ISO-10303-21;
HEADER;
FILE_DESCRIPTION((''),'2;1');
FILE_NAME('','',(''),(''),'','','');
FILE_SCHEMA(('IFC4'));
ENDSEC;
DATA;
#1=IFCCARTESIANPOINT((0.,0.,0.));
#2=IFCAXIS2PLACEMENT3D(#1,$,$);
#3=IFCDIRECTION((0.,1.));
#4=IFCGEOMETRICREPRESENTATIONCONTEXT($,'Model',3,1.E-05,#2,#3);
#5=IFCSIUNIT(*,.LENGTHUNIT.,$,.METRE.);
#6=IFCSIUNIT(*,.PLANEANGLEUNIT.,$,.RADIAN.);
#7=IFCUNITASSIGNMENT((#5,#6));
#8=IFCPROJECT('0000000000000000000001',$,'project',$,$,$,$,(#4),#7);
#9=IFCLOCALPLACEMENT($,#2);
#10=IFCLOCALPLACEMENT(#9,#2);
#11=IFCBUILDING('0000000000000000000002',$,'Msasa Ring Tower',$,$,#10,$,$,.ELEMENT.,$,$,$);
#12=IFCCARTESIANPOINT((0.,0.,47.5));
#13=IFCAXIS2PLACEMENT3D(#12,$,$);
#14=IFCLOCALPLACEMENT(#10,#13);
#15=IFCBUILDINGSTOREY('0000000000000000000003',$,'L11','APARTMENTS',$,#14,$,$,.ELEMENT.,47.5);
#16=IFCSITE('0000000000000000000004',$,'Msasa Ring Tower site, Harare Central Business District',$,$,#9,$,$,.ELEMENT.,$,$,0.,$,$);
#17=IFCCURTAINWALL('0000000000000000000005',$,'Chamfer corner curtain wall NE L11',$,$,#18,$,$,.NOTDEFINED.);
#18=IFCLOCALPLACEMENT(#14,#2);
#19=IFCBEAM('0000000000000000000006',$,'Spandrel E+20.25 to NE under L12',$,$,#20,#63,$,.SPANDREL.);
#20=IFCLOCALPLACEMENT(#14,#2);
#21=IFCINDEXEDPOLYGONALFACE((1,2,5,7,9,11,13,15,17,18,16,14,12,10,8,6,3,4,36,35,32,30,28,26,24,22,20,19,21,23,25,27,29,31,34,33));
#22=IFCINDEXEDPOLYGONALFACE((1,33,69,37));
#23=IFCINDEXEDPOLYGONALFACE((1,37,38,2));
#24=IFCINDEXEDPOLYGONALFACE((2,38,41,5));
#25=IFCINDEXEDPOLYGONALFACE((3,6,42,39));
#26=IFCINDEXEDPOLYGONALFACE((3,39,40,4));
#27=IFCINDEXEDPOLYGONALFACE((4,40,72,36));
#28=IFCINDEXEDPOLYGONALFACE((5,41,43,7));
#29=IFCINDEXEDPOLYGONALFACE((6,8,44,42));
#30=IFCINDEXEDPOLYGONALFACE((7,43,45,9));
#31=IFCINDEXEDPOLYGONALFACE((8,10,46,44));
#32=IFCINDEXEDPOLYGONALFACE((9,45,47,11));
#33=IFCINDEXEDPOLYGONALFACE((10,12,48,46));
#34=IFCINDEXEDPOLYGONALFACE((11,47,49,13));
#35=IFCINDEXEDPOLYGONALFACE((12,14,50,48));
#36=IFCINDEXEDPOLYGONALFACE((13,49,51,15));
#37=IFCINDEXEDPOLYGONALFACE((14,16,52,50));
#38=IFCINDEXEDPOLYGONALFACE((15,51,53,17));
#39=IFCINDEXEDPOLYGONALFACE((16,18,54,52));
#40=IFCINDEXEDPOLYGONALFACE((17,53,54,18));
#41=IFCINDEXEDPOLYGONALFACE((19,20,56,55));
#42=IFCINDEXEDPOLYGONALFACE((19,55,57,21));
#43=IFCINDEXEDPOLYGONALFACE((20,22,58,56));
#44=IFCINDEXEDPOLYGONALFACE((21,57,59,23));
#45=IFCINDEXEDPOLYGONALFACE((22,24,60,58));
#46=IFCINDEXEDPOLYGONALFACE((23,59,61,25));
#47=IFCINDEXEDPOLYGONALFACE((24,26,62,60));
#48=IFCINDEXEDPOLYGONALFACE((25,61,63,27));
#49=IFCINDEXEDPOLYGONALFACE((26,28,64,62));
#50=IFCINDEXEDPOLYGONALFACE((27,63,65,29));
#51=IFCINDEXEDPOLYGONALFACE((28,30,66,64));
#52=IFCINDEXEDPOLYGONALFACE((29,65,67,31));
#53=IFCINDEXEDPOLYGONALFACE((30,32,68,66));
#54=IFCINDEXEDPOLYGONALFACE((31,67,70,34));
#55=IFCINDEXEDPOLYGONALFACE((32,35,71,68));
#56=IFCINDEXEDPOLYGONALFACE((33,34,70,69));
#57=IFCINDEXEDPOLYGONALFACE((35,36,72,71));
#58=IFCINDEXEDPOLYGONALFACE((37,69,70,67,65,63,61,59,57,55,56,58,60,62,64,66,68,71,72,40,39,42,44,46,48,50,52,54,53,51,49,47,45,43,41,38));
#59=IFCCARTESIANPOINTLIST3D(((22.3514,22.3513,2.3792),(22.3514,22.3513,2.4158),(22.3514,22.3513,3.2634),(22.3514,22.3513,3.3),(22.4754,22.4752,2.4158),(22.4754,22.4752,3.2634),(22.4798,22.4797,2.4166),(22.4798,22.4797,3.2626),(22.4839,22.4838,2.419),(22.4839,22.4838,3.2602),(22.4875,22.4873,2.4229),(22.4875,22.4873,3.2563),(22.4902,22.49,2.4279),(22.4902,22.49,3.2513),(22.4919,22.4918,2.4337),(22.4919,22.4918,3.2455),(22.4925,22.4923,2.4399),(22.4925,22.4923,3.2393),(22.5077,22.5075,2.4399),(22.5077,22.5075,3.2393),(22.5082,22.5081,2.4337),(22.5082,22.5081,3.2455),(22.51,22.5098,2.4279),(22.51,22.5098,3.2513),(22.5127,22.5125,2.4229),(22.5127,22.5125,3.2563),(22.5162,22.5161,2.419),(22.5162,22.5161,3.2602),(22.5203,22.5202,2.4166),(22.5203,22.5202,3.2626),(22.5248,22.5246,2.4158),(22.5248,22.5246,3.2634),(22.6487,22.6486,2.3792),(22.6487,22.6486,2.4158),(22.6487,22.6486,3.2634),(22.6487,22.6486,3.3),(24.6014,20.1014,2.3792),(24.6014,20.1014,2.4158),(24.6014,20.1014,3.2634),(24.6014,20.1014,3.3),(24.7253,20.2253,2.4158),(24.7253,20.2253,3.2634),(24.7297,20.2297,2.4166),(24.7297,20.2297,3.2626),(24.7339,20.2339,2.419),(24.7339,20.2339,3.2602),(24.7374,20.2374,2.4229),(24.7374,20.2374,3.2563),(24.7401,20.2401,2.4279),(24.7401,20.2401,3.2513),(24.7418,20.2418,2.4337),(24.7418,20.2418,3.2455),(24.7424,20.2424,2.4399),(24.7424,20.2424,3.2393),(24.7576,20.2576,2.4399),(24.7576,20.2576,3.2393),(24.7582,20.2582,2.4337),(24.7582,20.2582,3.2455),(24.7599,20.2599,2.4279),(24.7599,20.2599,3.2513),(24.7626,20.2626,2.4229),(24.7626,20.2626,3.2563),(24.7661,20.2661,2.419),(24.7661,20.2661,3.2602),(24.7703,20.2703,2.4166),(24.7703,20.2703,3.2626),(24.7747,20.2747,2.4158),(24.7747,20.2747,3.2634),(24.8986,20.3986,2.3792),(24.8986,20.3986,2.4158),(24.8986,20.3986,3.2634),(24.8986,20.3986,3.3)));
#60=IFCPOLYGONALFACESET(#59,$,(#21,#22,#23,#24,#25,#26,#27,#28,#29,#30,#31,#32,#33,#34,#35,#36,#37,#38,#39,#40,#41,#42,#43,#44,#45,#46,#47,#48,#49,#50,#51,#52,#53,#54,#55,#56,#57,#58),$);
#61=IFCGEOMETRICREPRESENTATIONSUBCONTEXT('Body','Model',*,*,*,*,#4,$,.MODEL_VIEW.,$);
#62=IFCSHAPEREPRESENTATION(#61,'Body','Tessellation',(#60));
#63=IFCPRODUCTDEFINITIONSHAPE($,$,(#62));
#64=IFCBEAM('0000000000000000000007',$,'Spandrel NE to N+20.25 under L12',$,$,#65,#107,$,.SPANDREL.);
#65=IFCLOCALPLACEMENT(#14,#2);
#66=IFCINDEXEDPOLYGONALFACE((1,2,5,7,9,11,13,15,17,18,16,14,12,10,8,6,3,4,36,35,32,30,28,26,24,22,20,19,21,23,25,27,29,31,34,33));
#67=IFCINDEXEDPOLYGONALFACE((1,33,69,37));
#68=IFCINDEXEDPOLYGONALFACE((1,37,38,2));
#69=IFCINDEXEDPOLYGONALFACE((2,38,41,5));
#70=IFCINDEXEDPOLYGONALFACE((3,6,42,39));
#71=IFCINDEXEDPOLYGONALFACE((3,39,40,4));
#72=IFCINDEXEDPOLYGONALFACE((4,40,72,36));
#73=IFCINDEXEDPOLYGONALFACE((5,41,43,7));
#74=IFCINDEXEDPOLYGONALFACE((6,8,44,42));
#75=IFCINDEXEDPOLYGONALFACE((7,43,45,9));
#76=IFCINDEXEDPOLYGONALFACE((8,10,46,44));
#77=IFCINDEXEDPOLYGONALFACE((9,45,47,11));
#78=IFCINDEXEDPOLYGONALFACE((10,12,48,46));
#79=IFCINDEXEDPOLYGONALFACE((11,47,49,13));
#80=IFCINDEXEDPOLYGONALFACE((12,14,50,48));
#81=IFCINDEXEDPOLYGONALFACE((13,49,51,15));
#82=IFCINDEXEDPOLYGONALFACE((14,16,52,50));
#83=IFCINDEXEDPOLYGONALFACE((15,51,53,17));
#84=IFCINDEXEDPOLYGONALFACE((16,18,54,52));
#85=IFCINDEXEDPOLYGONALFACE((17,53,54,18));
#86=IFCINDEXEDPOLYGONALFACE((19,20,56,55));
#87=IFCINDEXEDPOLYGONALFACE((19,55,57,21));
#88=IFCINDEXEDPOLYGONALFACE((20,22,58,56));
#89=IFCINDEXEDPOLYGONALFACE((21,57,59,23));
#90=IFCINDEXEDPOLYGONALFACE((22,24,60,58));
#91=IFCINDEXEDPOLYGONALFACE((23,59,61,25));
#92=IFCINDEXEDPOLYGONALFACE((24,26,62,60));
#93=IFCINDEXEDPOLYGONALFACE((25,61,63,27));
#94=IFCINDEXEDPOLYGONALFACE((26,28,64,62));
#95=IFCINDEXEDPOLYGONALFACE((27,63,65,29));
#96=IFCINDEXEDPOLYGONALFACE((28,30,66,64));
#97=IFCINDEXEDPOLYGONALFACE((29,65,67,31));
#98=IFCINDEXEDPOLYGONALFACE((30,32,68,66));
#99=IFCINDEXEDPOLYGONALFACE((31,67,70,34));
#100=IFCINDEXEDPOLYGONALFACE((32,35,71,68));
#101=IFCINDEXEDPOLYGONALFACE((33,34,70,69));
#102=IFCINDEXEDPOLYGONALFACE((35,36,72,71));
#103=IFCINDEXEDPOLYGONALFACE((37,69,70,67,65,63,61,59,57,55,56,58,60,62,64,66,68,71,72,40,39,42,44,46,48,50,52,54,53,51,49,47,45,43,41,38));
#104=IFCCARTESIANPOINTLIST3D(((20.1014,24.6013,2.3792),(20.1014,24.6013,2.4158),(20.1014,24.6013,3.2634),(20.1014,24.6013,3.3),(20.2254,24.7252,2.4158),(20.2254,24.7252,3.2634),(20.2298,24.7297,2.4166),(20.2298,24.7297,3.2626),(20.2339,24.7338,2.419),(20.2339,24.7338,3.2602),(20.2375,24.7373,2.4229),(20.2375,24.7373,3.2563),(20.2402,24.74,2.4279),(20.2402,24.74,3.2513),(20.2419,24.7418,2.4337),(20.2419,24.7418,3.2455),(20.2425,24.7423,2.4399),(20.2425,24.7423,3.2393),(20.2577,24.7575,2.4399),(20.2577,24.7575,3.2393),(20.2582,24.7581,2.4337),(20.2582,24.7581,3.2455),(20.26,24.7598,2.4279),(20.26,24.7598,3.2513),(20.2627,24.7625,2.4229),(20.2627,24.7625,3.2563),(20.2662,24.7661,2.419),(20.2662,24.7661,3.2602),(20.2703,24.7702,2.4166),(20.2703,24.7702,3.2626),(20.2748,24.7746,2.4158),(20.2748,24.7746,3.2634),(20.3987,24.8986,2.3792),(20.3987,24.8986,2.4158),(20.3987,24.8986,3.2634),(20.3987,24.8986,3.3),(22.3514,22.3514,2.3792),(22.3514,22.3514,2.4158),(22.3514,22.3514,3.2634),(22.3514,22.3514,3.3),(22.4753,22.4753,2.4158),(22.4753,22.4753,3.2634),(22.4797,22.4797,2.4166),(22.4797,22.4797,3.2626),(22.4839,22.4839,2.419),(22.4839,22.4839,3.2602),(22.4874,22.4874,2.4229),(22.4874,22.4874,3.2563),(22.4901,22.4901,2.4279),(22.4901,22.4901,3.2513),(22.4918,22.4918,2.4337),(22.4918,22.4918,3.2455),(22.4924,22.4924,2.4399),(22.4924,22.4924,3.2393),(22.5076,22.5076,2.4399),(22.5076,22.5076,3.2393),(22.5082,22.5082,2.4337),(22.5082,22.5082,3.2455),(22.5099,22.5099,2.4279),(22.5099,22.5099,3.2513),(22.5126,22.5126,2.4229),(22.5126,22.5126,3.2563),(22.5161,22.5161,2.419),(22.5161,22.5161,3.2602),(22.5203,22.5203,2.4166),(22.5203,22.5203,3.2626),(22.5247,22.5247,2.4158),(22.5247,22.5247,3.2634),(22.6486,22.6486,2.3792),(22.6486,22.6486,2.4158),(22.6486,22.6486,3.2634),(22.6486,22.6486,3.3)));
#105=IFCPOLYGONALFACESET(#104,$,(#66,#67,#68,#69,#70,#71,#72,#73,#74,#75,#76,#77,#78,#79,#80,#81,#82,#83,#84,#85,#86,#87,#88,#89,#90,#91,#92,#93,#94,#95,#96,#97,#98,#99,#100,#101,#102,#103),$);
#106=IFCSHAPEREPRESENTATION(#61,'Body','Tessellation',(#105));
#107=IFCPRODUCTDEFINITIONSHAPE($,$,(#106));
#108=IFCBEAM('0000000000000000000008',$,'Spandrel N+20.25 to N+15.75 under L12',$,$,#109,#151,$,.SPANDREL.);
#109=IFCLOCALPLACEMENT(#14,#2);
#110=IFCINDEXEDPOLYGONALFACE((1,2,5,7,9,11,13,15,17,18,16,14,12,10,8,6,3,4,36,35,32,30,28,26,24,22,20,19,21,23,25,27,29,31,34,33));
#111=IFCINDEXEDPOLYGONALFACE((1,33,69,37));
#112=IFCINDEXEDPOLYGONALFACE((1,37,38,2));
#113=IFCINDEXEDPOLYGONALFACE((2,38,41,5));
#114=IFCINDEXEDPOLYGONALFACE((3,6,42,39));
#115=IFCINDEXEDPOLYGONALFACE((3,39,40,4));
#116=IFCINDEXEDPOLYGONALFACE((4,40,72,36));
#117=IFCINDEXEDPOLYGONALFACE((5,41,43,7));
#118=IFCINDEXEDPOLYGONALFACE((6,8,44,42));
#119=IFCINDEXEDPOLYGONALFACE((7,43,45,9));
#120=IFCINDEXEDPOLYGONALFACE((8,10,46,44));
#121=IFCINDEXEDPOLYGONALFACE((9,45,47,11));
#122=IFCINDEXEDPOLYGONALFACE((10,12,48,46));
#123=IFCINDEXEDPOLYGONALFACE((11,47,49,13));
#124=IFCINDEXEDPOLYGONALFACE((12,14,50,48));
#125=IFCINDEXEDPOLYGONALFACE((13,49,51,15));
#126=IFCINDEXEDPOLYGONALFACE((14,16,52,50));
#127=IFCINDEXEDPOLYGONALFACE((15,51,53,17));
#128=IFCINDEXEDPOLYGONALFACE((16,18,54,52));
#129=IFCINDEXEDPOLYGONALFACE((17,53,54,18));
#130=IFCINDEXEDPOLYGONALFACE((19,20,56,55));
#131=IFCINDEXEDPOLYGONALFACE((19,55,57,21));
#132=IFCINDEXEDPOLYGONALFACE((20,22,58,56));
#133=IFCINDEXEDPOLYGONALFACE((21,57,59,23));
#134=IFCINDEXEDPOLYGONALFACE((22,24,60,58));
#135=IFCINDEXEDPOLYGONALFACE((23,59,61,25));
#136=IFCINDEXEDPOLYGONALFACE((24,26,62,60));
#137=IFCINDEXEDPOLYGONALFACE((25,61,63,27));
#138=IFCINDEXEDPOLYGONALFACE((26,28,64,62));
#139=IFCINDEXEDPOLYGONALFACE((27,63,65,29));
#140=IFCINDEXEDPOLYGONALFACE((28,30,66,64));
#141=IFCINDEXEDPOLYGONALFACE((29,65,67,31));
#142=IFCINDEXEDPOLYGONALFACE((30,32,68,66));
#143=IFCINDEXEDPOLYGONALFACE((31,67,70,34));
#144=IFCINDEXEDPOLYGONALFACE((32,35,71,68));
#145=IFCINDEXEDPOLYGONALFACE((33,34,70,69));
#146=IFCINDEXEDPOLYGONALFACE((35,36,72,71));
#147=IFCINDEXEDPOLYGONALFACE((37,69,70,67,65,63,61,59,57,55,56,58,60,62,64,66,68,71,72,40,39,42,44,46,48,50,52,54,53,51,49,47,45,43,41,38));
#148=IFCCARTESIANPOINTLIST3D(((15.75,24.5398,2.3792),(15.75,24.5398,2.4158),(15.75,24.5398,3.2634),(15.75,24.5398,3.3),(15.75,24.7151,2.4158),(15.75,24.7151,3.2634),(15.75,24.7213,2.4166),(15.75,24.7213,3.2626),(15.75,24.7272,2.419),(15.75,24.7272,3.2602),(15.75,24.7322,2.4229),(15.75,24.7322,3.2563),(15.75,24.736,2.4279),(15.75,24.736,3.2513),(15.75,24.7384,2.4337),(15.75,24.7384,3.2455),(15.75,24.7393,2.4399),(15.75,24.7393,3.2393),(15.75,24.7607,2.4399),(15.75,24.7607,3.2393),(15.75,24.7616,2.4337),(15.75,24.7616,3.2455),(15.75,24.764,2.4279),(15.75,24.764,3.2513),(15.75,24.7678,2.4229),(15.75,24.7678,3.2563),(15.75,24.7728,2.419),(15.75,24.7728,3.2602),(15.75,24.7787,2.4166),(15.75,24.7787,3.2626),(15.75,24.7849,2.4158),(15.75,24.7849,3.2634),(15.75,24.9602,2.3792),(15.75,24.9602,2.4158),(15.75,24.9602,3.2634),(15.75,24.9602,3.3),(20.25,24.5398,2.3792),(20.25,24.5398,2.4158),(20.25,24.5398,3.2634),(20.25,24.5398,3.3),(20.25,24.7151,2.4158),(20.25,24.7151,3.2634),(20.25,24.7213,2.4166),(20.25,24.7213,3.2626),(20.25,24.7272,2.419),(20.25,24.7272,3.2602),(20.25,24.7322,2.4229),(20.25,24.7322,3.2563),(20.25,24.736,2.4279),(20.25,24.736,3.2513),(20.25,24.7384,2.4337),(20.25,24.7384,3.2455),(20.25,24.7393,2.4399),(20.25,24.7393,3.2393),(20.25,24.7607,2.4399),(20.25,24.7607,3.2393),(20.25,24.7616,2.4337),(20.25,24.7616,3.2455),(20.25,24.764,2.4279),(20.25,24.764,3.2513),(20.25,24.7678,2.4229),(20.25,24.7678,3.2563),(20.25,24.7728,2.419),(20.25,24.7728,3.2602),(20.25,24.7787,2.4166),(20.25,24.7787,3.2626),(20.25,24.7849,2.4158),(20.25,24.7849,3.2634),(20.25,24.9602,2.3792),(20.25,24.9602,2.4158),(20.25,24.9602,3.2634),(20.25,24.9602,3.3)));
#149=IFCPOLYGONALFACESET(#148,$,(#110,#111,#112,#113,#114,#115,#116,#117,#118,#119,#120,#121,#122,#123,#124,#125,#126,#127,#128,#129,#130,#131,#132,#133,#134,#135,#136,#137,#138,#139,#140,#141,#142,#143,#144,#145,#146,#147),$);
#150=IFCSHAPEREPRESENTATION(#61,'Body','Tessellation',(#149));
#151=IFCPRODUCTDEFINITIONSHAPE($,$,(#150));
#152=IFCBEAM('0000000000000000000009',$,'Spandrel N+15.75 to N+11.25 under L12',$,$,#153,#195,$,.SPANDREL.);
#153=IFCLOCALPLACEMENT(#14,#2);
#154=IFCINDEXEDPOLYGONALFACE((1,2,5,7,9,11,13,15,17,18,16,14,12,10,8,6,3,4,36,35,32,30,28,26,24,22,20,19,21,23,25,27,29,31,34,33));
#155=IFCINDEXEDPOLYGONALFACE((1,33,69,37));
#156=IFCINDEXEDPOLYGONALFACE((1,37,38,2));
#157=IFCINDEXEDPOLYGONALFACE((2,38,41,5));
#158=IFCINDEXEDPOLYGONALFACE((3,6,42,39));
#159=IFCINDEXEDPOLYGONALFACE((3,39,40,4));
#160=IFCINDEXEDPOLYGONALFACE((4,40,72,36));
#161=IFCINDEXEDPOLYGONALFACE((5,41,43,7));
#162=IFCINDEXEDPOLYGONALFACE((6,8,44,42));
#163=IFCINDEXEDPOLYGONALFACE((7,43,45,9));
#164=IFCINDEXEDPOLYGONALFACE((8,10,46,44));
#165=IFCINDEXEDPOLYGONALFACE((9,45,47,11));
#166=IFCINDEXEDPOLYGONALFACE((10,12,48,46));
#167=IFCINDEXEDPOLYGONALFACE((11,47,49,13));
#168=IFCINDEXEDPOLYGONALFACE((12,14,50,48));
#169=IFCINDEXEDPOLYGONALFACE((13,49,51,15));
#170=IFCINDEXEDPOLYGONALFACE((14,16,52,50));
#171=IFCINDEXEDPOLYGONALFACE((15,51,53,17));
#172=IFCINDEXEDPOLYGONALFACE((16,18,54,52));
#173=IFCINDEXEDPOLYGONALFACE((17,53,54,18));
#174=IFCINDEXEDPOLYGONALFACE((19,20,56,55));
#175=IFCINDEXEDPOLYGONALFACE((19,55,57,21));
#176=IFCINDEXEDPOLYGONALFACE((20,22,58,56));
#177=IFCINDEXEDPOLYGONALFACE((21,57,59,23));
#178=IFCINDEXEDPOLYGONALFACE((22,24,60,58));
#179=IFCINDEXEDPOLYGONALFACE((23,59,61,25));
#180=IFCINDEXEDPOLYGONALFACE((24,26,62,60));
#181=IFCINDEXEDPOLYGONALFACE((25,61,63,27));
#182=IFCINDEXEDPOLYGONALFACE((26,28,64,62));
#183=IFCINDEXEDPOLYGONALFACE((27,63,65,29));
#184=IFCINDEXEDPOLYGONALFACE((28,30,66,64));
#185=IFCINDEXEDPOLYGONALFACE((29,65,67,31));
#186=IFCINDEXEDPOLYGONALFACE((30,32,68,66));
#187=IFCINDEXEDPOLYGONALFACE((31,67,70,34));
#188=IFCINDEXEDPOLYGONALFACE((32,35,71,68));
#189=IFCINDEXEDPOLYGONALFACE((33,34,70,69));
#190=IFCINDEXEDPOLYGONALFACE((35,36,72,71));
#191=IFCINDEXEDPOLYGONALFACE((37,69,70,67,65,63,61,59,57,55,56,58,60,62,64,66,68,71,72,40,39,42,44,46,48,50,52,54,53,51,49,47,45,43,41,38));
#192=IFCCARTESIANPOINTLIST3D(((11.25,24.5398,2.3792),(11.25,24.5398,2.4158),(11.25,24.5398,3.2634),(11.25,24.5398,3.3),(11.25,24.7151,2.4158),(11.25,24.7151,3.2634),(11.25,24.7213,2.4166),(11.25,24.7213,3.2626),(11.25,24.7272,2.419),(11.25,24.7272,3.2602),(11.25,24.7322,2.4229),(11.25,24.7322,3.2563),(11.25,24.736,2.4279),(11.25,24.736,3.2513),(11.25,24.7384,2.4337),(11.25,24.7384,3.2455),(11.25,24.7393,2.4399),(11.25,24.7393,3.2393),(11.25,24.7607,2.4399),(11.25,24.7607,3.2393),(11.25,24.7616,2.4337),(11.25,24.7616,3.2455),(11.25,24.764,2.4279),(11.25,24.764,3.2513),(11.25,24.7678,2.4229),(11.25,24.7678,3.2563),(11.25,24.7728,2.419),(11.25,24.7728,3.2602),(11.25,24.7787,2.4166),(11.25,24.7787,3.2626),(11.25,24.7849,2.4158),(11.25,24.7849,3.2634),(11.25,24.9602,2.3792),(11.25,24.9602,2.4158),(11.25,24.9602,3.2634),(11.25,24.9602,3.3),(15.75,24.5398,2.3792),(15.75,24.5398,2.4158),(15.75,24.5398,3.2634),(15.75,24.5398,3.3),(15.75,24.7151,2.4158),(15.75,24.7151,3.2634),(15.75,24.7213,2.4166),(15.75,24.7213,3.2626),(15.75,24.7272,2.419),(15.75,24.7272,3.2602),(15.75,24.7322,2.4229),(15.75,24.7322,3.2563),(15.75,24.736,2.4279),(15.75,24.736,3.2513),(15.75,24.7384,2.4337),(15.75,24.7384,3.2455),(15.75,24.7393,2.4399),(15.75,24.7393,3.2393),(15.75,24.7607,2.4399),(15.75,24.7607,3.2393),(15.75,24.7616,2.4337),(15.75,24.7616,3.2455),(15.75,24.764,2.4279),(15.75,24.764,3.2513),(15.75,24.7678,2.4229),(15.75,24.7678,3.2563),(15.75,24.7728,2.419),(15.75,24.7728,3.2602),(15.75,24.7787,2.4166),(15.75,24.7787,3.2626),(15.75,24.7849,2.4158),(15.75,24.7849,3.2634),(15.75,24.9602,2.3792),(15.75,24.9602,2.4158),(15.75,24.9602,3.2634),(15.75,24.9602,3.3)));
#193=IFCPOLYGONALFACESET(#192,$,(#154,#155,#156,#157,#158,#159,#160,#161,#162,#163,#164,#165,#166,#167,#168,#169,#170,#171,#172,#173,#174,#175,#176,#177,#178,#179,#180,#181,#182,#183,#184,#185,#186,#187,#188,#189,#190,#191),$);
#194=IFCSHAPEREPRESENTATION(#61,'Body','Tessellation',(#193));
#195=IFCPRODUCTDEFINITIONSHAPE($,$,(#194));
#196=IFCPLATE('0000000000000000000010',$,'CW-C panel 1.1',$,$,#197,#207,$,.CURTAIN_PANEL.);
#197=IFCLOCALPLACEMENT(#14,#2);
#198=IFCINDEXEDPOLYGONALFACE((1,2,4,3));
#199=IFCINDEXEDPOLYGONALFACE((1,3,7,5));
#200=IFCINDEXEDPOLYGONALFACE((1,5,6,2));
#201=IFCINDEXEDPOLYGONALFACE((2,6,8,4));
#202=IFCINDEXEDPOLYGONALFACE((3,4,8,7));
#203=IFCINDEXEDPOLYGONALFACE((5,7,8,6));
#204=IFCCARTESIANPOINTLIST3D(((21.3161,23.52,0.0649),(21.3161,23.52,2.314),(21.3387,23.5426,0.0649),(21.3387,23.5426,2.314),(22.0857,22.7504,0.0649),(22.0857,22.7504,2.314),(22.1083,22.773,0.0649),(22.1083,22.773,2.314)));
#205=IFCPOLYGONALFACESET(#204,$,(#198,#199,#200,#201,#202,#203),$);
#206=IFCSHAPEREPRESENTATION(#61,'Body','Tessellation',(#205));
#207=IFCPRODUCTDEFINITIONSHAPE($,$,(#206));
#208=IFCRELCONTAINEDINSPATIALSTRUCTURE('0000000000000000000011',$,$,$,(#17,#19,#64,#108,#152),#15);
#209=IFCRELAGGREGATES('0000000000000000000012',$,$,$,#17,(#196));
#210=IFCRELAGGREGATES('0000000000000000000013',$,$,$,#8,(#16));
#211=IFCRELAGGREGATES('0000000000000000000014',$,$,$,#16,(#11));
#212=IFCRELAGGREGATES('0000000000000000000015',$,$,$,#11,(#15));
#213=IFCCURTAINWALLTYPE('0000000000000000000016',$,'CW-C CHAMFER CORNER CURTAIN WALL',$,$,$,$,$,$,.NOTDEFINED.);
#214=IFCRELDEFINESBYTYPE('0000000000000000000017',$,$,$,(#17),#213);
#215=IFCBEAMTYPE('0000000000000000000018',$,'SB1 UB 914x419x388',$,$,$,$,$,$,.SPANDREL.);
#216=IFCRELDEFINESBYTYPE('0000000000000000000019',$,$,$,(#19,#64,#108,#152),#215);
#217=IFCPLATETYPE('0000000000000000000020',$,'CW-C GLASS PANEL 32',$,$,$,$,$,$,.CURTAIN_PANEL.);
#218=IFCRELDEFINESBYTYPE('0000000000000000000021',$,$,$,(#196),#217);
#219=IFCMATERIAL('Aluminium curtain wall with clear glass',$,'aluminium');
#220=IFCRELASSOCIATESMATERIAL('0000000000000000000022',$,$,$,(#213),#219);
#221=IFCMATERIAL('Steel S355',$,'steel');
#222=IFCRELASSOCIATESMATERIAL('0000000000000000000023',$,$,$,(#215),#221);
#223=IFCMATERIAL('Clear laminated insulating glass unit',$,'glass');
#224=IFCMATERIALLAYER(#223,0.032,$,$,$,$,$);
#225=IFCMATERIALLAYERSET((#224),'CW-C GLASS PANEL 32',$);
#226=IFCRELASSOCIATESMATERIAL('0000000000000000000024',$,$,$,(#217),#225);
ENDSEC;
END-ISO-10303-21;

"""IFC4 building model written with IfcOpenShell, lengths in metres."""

from ifc_helpers import new_model, si_unit, direction, frame, origin, origin_2d, place, context, subcontext, project, spatial, rectangle, i_section, extrude, material, layer, layer_set, material_profile, profile_set, type_object, element, aggregate, save


model = new_model("IFC4")

# Units and contexts
model_context = context("Model", 3, precision=1e-05, world=origin(), true_north=direction((0.0, 1.0)))
body_context = subcontext(model_context, "Body", "Model", "MODEL_VIEW")
ifc_project = project(units=[si_unit("LENGTHUNIT", "METRE"), si_unit("PLANEANGLEUNIT", "RADIAN")], contexts=[model_context])

# Site, building, storey
site_placement = place(None, origin())
site = spatial("IfcSite", under=ifc_project, at=site_placement, Name="Msasa Ring Tower site, Harare Central Business District", CompositionType="ELEMENT", RefElevation=0.0)
building_placement = place(site_placement, origin())
building = spatial("IfcBuilding", under=site, at=building_placement, Name="Msasa Ring Tower", CompositionType="ELEMENT")
storey_placement = place(building_placement, frame((0.0, 0.0, 47.5)))
storey = spatial("IfcBuildingStorey", under=building, at=storey_placement, Name="L11", Description="APARTMENTS", CompositionType="ELEMENT", Elevation=47.5)

# Curtain wall
ifc_material_1 = material(Name="Aluminium curtain wall with clear glass", Category="aluminium")
curtain_wall_type = type_object("IfcCurtainWallType", Name="CW-C CHAMFER CORNER CURTAIN WALL", PredefinedType="NOTDEFINED", material=ifc_material_1)
curtain_wall_1_placement = place(storey_placement, origin())
curtain_wall_1 = element("IfcCurtainWall", 1, at=curtain_wall_1_placement, inside=storey, type_object=curtain_wall_type, Name="Chamfer corner curtain wall NE L11", PredefinedType="NOTDEFINED")

# Beams
ifc_material_2 = material(Name="Steel S355", Category="steel")
ifc_material_profile_1 = material_profile(ifc_material_2, i_section(OverallWidth=0.4204, OverallDepth=0.9209, WebThickness=0.0215, FlangeThickness=0.0366, FilletRadius=0.0242, at=origin_2d()), Name="UB 914x419x388")
ifc_profile_set_1 = profile_set([ifc_material_profile_1], Name="Steel S355")
beam_type_1 = type_object("IfcBeamType", Name="SB1 UB 914x419x388", PredefinedType="SPANDREL", material=ifc_profile_set_1)
for number, where, z_axis, x_axis, name in (
    (2, (24.75, 20.25, 2.8396), (-0.707107, 0.707107, 0.0), (-0.707107, -0.707107, 0.0), "Spandrel E+20.25 to NE under L12"),
    (3, (22.5, 22.5, 2.8396), (-0.707107, 0.707107, 0.0), (-0.707107, -0.707107, 0.0), "Spandrel NE to N+20.25 under L12"),
):
    element("IfcBeam", number, at=place(storey_placement, frame(where, z_axis=z_axis, x_axis=x_axis)), inside=storey, type_object=beam_type_1, Name=name, PredefinedType="SPANDREL", context=body_context, shape_type="SweptSolid", body=[
        extrude(i_section(OverallWidth=0.4204, OverallDepth=0.9209, WebThickness=0.0215, FlangeThickness=0.0366, FilletRadius=0.0242, at=origin_2d()), origin(), (0.0, 0.0, 1.0), 3.1819),
    ])
for number, where, z_axis, x_axis, name in (
    (4, (20.25, 24.75, 2.8396), (-1.0, 0.0, 0.0), (0.0, -1.0, 0.0), "Spandrel N+20.25 to N+15.75 under L12"),
    (5, (15.75, 24.75, 2.8396), (-1.0, 0.0, 0.0), (0.0, -1.0, 0.0), "Spandrel N+15.75 to N+11.25 under L12"),
):
    element("IfcBeam", number, at=place(storey_placement, frame(where, z_axis=z_axis, x_axis=x_axis)), inside=storey, type_object=beam_type_1, Name=name, PredefinedType="SPANDREL", context=body_context, shape_type="SweptSolid", body=[
        extrude(i_section(OverallWidth=0.4204, OverallDepth=0.9209, WebThickness=0.0215, FlangeThickness=0.0366, FilletRadius=0.0242, at=origin_2d()), origin(), (0.0, 0.0, 1.0), 4.5),
    ])

# Plate
ifc_material_3 = material(Name="Clear laminated insulating glass unit", Category="glass")
ifc_layer_1 = layer(ifc_material_3, 0.032)
ifc_layer_set_1 = layer_set([ifc_layer_1], Name="CW-C GLASS PANEL 32")
plate_type = type_object("IfcPlateType", Name="CW-C GLASS PANEL 32", PredefinedType="CURTAIN_PANEL", material=ifc_layer_set_1)
plate_1_placement = place(storey_placement, frame((21.7122, 23.1465, 0.0649), z_axis=(0.0, 0.0, 1.0), x_axis=(-0.707107, 0.707107, 0.0)))
plate_1 = element("IfcPlate", 6, at=plate_1_placement, type_object=plate_type, Name="CW-C panel 1.1", PredefinedType="CURTAIN_PANEL", context=body_context, shape_type="SweptSolid", body=[
    extrude(rectangle(XDim=1.0884, YDim=0.032, at=origin_2d()), origin(), (0.0, 0.0, 1.0), 2.249),
])
aggregate(curtain_wall_1, [plate_1])

save(model, "model.ifc")
